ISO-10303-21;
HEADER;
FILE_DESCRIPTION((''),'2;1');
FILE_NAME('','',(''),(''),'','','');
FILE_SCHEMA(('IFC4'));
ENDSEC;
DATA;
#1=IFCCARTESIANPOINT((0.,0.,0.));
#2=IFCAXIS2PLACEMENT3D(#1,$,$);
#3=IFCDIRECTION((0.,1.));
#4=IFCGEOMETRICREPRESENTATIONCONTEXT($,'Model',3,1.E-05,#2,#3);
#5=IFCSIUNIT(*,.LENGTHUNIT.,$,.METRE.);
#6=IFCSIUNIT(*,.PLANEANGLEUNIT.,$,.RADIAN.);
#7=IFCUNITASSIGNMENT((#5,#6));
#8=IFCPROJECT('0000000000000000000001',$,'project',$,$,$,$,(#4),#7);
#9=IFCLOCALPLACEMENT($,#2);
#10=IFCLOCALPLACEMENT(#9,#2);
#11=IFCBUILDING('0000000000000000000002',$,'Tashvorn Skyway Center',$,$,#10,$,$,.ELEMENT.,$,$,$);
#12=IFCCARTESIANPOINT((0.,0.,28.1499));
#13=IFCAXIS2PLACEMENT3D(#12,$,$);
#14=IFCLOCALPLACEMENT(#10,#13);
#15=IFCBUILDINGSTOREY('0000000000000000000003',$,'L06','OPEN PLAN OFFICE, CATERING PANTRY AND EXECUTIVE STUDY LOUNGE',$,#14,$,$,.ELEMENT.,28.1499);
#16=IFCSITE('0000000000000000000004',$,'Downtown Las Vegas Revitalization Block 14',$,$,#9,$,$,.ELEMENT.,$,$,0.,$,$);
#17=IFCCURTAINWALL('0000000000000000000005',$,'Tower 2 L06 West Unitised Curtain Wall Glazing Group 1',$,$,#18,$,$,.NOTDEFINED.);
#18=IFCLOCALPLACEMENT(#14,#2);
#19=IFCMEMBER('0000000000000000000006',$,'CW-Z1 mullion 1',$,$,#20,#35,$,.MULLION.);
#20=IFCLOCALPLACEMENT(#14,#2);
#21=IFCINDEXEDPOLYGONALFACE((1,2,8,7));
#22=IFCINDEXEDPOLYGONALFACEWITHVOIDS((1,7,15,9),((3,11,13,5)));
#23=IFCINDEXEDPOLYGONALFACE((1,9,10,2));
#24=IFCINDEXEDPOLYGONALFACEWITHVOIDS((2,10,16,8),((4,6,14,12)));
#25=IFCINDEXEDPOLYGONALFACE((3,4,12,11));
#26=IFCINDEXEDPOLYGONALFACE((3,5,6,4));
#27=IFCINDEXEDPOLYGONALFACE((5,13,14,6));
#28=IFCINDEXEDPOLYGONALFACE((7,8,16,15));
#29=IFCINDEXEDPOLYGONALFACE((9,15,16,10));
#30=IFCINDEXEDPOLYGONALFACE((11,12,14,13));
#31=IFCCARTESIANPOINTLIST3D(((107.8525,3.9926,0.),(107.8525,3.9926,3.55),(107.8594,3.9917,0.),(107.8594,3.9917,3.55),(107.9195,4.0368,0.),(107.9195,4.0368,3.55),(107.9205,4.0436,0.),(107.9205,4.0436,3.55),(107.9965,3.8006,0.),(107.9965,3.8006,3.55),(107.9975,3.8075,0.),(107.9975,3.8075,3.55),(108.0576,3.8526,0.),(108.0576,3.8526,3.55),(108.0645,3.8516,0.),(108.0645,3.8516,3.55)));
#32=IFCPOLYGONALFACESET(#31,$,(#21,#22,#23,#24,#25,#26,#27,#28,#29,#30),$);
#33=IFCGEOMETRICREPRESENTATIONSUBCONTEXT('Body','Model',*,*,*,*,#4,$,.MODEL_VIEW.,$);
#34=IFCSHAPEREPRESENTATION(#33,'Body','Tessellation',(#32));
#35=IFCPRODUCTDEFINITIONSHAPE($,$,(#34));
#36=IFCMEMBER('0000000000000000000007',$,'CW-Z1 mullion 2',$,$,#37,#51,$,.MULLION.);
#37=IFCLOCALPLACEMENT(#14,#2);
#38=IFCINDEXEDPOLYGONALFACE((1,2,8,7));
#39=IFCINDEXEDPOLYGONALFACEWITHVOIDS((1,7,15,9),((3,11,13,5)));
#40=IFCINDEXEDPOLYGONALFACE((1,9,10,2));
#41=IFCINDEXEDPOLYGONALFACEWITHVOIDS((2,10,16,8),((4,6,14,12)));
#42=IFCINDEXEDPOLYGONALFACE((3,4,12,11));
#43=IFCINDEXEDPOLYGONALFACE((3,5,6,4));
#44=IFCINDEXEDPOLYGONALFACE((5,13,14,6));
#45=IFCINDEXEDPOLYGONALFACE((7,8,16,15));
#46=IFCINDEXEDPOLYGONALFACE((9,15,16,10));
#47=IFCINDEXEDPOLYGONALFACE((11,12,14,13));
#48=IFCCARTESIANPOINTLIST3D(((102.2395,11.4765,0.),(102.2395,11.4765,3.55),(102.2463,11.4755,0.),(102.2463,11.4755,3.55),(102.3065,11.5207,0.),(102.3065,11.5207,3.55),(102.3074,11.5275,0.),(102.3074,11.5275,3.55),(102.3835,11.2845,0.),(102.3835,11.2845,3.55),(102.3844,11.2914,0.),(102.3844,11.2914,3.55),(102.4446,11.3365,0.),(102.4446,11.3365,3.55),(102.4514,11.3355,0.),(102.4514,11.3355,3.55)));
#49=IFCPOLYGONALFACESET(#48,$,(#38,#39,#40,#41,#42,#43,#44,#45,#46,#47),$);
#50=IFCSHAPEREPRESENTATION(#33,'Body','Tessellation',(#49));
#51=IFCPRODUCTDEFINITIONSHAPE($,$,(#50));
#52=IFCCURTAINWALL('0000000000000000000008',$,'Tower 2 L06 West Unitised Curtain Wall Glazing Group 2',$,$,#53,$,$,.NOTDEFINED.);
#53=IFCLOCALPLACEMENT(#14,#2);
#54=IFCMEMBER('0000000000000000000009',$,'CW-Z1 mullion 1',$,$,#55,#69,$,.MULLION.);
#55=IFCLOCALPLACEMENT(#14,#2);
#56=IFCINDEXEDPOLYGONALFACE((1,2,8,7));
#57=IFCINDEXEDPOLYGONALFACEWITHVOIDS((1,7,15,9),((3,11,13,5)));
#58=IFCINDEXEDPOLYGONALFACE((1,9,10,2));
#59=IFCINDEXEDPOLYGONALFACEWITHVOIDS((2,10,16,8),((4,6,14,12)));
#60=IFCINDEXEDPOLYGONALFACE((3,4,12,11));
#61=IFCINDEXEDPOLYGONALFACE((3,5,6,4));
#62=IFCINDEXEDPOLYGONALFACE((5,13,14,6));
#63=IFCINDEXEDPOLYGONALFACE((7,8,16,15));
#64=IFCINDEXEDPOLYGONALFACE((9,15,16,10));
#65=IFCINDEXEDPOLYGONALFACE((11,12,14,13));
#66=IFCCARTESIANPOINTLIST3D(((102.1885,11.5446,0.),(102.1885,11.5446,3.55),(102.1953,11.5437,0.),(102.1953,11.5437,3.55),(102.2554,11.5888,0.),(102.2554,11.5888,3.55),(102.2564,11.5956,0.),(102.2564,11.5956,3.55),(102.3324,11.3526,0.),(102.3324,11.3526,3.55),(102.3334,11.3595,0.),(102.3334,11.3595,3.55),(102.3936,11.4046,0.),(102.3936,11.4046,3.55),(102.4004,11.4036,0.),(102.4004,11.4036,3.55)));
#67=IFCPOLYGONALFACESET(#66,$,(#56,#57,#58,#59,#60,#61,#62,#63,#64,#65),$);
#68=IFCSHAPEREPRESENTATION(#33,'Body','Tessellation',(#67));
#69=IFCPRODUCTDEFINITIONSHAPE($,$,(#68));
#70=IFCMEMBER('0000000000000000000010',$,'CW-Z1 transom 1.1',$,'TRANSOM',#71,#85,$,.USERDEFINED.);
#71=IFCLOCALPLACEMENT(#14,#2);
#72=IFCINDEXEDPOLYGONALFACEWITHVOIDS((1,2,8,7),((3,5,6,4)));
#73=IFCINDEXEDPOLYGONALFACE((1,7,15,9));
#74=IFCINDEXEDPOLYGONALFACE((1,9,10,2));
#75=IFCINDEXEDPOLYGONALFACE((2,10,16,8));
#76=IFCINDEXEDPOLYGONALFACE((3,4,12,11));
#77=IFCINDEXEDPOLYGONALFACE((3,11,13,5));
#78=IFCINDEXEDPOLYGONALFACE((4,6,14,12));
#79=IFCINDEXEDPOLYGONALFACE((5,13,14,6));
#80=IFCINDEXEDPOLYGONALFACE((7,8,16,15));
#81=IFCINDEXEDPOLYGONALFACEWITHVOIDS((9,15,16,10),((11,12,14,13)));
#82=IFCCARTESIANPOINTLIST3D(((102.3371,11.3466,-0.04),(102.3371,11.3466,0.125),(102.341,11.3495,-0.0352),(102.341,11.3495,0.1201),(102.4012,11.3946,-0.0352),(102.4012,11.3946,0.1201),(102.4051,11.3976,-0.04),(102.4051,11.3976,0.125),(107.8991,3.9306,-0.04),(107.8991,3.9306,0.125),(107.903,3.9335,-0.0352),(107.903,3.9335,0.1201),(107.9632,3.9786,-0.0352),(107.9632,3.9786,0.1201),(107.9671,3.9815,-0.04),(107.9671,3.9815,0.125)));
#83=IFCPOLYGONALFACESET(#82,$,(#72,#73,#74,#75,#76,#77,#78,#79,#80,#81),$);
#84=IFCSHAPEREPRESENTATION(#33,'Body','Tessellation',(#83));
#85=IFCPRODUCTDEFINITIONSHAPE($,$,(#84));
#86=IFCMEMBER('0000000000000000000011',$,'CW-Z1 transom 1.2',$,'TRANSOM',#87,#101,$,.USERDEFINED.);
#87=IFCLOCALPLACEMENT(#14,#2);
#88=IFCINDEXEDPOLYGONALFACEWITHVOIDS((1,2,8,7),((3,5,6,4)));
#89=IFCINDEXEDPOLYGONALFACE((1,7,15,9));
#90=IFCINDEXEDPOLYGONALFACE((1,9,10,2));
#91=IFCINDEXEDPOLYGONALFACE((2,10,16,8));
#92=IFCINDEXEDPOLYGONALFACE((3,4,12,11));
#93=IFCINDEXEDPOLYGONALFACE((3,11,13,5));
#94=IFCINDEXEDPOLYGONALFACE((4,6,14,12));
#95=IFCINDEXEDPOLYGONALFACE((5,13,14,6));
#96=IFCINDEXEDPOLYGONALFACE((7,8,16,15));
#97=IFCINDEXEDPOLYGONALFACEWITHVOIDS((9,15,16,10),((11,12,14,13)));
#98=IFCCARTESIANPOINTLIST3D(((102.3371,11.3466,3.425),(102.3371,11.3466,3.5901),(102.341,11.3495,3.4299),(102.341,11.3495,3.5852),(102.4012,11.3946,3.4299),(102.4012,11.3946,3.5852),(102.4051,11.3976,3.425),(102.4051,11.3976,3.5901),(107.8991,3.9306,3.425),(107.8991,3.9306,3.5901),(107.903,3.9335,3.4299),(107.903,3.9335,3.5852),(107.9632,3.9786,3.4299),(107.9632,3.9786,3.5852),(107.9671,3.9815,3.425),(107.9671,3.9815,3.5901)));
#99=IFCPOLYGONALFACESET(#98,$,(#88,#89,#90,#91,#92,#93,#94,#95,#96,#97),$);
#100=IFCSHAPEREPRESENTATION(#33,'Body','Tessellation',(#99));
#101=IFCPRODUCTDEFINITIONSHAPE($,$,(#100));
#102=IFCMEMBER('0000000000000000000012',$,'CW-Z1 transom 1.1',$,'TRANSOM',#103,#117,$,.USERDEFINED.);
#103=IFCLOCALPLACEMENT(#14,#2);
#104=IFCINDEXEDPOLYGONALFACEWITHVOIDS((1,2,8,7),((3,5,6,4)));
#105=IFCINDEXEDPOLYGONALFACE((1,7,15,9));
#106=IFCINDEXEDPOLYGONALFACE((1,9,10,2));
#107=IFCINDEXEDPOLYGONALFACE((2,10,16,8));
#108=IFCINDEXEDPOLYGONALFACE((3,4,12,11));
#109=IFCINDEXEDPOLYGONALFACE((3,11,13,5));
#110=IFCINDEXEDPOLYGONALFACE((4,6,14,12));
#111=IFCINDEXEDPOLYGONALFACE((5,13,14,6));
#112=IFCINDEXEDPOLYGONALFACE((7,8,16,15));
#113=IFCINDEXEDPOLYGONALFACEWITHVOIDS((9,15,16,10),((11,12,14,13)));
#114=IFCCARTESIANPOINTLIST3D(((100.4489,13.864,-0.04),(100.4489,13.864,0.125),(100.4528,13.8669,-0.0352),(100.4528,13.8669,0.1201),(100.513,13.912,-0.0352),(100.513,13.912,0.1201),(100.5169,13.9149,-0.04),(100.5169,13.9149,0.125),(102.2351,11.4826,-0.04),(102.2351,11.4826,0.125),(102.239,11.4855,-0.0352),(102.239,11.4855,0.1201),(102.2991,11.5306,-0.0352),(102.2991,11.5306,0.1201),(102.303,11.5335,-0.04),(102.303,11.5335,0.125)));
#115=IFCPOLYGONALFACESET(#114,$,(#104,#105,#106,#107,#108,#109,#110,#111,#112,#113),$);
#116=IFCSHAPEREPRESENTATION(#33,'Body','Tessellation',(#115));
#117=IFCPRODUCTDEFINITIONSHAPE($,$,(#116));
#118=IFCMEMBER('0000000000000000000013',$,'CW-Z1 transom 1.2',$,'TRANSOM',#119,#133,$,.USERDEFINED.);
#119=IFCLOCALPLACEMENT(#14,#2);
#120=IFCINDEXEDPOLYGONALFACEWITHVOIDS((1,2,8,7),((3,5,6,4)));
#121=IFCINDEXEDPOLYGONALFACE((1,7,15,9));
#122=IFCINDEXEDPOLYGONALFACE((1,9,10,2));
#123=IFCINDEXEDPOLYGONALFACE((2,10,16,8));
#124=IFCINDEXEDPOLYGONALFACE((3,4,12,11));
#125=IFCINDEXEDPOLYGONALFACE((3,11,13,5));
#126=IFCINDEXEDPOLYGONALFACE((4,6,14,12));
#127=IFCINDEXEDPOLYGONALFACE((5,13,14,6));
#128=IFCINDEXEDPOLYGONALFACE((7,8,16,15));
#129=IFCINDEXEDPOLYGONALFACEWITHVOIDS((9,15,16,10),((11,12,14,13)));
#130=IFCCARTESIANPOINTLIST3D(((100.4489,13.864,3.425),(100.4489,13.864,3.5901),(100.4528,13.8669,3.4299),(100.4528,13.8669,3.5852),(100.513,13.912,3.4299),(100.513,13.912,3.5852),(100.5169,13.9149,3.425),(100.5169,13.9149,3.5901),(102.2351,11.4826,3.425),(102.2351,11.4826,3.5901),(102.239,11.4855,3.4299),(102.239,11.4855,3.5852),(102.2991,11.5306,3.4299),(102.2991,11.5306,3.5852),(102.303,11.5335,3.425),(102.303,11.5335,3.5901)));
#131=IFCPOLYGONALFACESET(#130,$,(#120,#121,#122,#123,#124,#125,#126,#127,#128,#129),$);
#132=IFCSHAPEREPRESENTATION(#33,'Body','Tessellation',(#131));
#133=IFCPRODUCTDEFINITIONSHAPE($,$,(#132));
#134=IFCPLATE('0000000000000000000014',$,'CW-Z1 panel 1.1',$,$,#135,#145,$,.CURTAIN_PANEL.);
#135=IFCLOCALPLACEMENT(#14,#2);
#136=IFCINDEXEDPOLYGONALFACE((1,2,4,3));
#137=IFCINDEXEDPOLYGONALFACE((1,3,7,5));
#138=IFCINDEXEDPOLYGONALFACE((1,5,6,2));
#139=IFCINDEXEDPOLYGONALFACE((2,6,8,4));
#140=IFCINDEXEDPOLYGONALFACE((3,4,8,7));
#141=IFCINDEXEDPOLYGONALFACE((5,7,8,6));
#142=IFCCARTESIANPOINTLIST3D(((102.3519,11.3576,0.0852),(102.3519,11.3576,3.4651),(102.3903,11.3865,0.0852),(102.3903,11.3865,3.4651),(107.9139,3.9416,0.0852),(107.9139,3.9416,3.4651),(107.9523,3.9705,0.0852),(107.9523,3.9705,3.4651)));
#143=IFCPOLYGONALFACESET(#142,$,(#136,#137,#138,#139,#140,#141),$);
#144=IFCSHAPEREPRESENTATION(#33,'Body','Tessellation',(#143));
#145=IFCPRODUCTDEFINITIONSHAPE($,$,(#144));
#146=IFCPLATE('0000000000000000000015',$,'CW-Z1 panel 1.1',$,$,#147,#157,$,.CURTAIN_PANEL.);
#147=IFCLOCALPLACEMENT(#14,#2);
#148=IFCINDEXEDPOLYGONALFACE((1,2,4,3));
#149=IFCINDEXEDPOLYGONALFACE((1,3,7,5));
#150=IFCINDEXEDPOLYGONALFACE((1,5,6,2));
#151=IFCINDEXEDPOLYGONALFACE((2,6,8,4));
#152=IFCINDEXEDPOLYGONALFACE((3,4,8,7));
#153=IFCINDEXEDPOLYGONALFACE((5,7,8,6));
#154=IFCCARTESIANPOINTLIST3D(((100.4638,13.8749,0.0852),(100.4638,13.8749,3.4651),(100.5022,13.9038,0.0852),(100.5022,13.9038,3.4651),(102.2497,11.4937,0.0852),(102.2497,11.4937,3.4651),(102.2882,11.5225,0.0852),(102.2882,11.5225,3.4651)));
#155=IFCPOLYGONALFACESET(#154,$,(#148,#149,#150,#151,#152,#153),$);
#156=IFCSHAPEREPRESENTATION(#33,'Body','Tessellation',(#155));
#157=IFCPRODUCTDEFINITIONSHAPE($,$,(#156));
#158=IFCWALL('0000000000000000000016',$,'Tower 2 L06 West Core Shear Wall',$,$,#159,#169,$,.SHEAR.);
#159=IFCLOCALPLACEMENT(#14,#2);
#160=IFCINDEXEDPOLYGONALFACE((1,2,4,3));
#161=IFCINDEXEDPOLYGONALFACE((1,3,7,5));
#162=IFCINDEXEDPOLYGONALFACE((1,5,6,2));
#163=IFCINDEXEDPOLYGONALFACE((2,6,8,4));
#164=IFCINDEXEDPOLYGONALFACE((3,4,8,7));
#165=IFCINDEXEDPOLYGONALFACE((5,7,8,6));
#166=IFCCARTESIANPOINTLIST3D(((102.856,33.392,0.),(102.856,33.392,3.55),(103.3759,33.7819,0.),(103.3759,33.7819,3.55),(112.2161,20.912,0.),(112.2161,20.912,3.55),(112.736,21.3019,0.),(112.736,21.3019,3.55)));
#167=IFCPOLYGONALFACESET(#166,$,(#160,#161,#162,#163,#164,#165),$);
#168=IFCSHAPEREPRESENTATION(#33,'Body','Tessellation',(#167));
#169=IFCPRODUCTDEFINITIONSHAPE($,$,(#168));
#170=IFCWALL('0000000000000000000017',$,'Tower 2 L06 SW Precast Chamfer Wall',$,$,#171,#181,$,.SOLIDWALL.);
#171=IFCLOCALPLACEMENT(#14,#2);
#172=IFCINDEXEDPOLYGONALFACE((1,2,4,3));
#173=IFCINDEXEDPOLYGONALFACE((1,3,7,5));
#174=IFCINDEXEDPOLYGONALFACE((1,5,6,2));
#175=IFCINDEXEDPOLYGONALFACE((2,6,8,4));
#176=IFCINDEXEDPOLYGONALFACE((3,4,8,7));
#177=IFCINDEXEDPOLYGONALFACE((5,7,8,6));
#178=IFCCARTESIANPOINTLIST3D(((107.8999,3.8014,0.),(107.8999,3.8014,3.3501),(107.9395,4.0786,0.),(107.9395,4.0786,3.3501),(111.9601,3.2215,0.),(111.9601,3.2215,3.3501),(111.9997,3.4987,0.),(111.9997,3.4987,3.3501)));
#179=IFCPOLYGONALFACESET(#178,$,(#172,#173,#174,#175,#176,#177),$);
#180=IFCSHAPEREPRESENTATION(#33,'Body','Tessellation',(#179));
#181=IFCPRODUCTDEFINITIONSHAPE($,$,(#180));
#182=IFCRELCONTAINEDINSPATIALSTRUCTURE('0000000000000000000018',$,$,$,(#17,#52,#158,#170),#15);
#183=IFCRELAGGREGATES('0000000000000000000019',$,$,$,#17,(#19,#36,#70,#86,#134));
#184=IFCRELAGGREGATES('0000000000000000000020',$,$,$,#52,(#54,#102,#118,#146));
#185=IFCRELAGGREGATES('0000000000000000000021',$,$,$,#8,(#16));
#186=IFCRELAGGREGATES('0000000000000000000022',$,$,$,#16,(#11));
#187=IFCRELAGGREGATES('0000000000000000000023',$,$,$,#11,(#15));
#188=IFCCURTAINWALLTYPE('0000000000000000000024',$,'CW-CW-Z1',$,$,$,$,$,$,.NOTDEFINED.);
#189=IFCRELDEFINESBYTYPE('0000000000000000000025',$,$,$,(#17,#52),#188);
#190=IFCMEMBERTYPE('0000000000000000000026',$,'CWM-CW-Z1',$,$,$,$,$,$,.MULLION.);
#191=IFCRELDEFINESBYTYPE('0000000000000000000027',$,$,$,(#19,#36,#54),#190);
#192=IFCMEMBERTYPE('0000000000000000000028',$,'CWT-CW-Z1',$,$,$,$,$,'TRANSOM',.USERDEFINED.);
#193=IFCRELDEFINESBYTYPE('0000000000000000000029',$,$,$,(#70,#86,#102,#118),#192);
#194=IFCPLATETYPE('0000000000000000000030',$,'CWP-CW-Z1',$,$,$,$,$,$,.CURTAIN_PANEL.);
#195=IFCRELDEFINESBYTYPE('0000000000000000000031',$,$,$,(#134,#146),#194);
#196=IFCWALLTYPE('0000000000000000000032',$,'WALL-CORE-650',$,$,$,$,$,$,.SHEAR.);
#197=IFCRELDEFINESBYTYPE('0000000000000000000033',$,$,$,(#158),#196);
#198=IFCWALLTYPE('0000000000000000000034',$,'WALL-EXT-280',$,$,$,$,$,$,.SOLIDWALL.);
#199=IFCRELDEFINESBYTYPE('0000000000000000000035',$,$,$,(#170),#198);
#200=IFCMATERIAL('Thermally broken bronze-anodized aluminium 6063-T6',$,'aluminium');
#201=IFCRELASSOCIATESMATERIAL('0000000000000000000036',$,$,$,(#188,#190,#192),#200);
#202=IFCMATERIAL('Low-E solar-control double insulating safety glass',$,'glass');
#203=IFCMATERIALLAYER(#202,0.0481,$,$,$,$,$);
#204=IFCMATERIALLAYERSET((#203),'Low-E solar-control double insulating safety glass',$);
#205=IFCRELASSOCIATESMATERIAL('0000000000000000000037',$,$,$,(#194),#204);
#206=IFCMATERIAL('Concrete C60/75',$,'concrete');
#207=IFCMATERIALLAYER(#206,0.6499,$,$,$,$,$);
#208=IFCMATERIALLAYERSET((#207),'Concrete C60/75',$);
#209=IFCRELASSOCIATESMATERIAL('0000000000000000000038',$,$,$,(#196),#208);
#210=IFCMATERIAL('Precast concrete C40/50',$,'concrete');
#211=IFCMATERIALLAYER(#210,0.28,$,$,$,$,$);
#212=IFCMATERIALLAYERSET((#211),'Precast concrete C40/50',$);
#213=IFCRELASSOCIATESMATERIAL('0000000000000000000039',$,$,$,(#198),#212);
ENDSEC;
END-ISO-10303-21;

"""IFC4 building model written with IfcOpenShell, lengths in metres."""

from ifc_helpers import new_model, si_unit, direction, frame, frame_2d, origin, origin_2d, place, context, subcontext, project, spatial, rectangle, hollow_rectangle, extrude, material, layer, layer_set, material_profile, profile_set, type_object, element, aggregate, save


model = new_model("IFC4")

# Units and contexts
model_context = context("Model", 3, precision=1e-05, world=origin(), true_north=direction((0.0, 1.0)))
body_context = subcontext(model_context, "Body", "Model", "MODEL_VIEW")
ifc_project = project(units=[si_unit("LENGTHUNIT", "METRE"), si_unit("PLANEANGLEUNIT", "RADIAN")], contexts=[model_context])

# Site, building, storey
site_placement = place(None, origin())
site = spatial("IfcSite", under=ifc_project, at=site_placement, Name="Downtown Las Vegas Revitalization Block 14", CompositionType="ELEMENT", RefElevation=0.0)
building_placement = place(site_placement, origin())
building = spatial("IfcBuilding", under=site, at=building_placement, Name="Tashvorn Skyway Center", CompositionType="ELEMENT")
storey_placement = place(building_placement, frame((0.0, 0.0, 28.1499)))
storey = spatial("IfcBuildingStorey", under=building, at=storey_placement, Name="L06", Description="OPEN PLAN OFFICE, CATERING PANTRY AND EXECUTIVE STUDY LOUNGE", CompositionType="ELEMENT", Elevation=28.1499)

# Shared definitions
ifc_material_1 = material(Name="Concrete C60/75", Category="concrete")

# Shared definitions
ifc_material_2 = material(Name="Thermally broken bronze-anodized aluminium 6063-T6", Category="aluminium")
curtain_wall_type = type_object("IfcCurtainWallType", Name="CW-CW-Z1", PredefinedType="NOTDEFINED", material=ifc_material_2)
ifc_material_profile_1 = material_profile(ifc_material_2, hollow_rectangle(XDim=0.085, YDim=0.24, WallThickness=0.0049, at=origin_2d()), Name="ALU-MULL-85x240")
ifc_profile_set_1 = profile_set([ifc_material_profile_1], Name="Thermally broken bronze-anodized aluminium 6063-T6")
member_type_1 = type_object("IfcMemberType", Name="CWM-CW-Z1", PredefinedType="MULLION", material=ifc_profile_set_1)

# Curtain wall, members
curtain_wall_1_placement = place(storey_placement, origin())
curtain_wall_1 = element("IfcCurtainWall", 1, at=curtain_wall_1_placement, inside=storey, type_object=curtain_wall_type, Name="Tower 2 L06 West Unitised Curtain Wall Glazing Group 1", PredefinedType="NOTDEFINED")
member_1_placement = place(storey_placement, frame((107.9585, 3.9221, 0.0), z_axis=(0.0, 0.0, 1.0), x_axis=(-0.8, -0.6, 0.0)))
member_1 = element("IfcMember", 2, at=member_1_placement, type_object=member_type_1, Name="CW-Z1 mullion 1", PredefinedType="MULLION", context=body_context, shape_type="SweptSolid", body=[
    extrude(hollow_rectangle(XDim=0.085, YDim=0.24, WallThickness=0.0049, at=origin_2d()), origin(), (0.0, 0.0, 1.0), 3.55),
])
member_2_placement = place(storey_placement, frame((102.3455, 11.406, 0.0), z_axis=(0.0, 0.0, 1.0), x_axis=(-0.8, -0.6, 0.0)))
member_2 = element("IfcMember", 3, at=member_2_placement, type_object=member_type_1, Name="CW-Z1 mullion 2", PredefinedType="MULLION", context=body_context, shape_type="SweptSolid", body=[
    extrude(hollow_rectangle(XDim=0.085, YDim=0.24, WallThickness=0.0049, at=origin_2d()), origin(), (0.0, 0.0, 1.0), 3.55),
])

# Curtain wall, member
curtain_wall_2_placement = place(storey_placement, origin())
curtain_wall_2 = element("IfcCurtainWall", 4, at=curtain_wall_2_placement, inside=storey, type_object=curtain_wall_type, Name="Tower 2 L06 West Unitised Curtain Wall Glazing Group 2", PredefinedType="NOTDEFINED")
member_3_placement = place(storey_placement, frame((102.2944, 11.4741, 0.0), z_axis=(0.0, 0.0, 1.0), x_axis=(-0.799996, -0.600005, 0.0)))
member_3 = element("IfcMember", 5, at=member_3_placement, type_object=member_type_1, Name="CW-Z1 mullion 1", PredefinedType="MULLION", context=body_context, shape_type="SweptSolid", body=[
    extrude(hollow_rectangle(XDim=0.085, YDim=0.24, WallThickness=0.0049, at=origin_2d()), origin(), (0.0, 0.0, 1.0), 3.55),
])

# Members
ifc_material_profile_2 = material_profile(ifc_material_2, hollow_rectangle(XDim=0.085, YDim=0.165, WallThickness=0.0049, at=origin_2d()), Name="ALU-TRAN-85x165")
ifc_profile_set_2 = profile_set([ifc_material_profile_2], Name="Thermally broken bronze-anodized aluminium 6063-T6")
member_type_2 = type_object("IfcMemberType", Name="CWT-CW-Z1", ElementType="TRANSOM", PredefinedType="USERDEFINED", material=ifc_profile_set_2)
member_4_placement = place(storey_placement, frame((107.9331, 3.9561, 0.0425), z_axis=(-0.6, 0.8, 0.0), x_axis=(-0.8, -0.6, 0.0)))
member_4 = element("IfcMember", 6, at=member_4_placement, type_object=member_type_2, Name="CW-Z1 transom 1.1", ObjectType="TRANSOM", PredefinedType="USERDEFINED", context=body_context, shape_type="SweptSolid", body=[
    extrude(hollow_rectangle(XDim=0.085, YDim=0.165, WallThickness=0.0049, at=origin_2d()), origin(), (0.0, 0.0, 1.0), 9.27),
])
member_5_placement = place(storey_placement, frame((107.9331, 3.9561, 3.5076), z_axis=(-0.6, 0.8, 0.0), x_axis=(-0.8, -0.6, 0.0)))
member_5 = element("IfcMember", 7, at=member_5_placement, type_object=member_type_2, Name="CW-Z1 transom 1.2", ObjectType="TRANSOM", PredefinedType="USERDEFINED", context=body_context, shape_type="SweptSolid", body=[
    extrude(hollow_rectangle(XDim=0.085, YDim=0.165, WallThickness=0.0049, at=origin_2d()), origin(), (0.0, 0.0, 1.0), 9.27),
])
member_6_placement = place(storey_placement, frame((102.269, 11.5081, 0.0425), z_axis=(-0.600026, 0.79998, 0.0), x_axis=(-0.79998, -0.600026, 0.0)))
member_6 = element("IfcMember", 8, at=member_6_placement, type_object=member_type_2, Name="CW-Z1 transom 1.1", ObjectType="TRANSOM", PredefinedType="USERDEFINED", context=body_context, shape_type="SweptSolid", body=[
    extrude(hollow_rectangle(XDim=0.085, YDim=0.165, WallThickness=0.0049, at=origin_2d()), origin(), (0.0, 0.0, 1.0), 2.9768),
])
member_7_placement = place(storey_placement, frame((102.269, 11.5081, 3.5076), z_axis=(-0.600026, 0.79998, 0.0), x_axis=(-0.79998, -0.600026, 0.0)))
member_7 = element("IfcMember", 9, at=member_7_placement, type_object=member_type_2, Name="CW-Z1 transom 1.2", ObjectType="TRANSOM", PredefinedType="USERDEFINED", context=body_context, shape_type="SweptSolid", body=[
    extrude(hollow_rectangle(XDim=0.085, YDim=0.165, WallThickness=0.0049, at=origin_2d()), origin(), (0.0, 0.0, 1.0), 2.9768),
])

# Plates
ifc_material_3 = material(Name="Low-E solar-control double insulating safety glass", Category="glass")
ifc_layer_1 = layer(ifc_material_3, 0.0481)
ifc_layer_set_1 = layer_set([ifc_layer_1], Name="Low-E solar-control double insulating safety glass")
plate_type = type_object("IfcPlateType", Name="CWP-CW-Z1", PredefinedType="CURTAIN_PANEL", material=ifc_layer_set_1)
plate_1_placement = place(storey_placement, frame((105.1521, 7.6641, 0.0852), z_axis=(0.0, 0.0, 1.0), x_axis=(-0.6, 0.8, 0.0)))
plate_1 = element("IfcPlate", 10, at=plate_1_placement, type_object=plate_type, Name="CW-Z1 panel 1.1", PredefinedType="CURTAIN_PANEL", context=body_context, shape_type="SweptSolid", body=[
    extrude(rectangle(XDim=9.27, YDim=0.0481, at=origin_2d()), origin(), (0.0, 0.0, 1.0), 3.3799),
])
aggregate(curtain_wall_1, [member_1, member_2, member_4, member_5, plate_1])
plate_2_placement = place(storey_placement, frame((101.376, 12.6987, 0.0852), z_axis=(0.0, 0.0, 1.0), x_axis=(-0.600005, 0.799996, 0.0)))
plate_2 = element("IfcPlate", 11, at=plate_2_placement, type_object=plate_type, Name="CW-Z1 panel 1.1", PredefinedType="CURTAIN_PANEL", context=body_context, shape_type="SweptSolid", body=[
    extrude(rectangle(XDim=2.9766, YDim=0.0481, at=origin_2d()), origin(), (0.0, 0.0, 1.0), 3.3799),
])
aggregate(curtain_wall_2, [member_3, member_6, member_7, plate_2])

# Walls
ifc_layer_2 = layer(ifc_material_1, 0.6499)
ifc_layer_set_2 = layer_set([ifc_layer_2], Name="Concrete C60/75")
wall_type_1 = type_object("IfcWallType", Name="WALL-CORE-650", PredefinedType="SHEAR", material=ifc_layer_set_2)
wall_1_placement = place(storey_placement, frame((112.4761, 21.1069, 0.0), z_axis=(0.0, 0.0, 1.0), x_axis=(-0.600005, 0.799996, 0.0)))
element("IfcWall", 12, at=wall_1_placement, inside=storey, type_object=wall_type_1, Name="Tower 2 L06 West Core Shear Wall", PredefinedType="SHEAR", context=body_context, shape_type="SweptSolid", body=[
    extrude(rectangle(XDim=15.6001, YDim=0.6499, at=frame_2d((7.8, 0.0))), origin(), (0.0, 0.0, 1.0), 3.55),
])
ifc_material_4 = material(Name="Precast concrete C40/50", Category="concrete")
ifc_layer_3 = layer(ifc_material_4, 0.28)
ifc_layer_set_3 = layer_set([ifc_layer_3], Name="Precast concrete C40/50")
wall_type_2 = type_object("IfcWallType", Name="WALL-EXT-280", PredefinedType="SOLIDWALL", material=ifc_layer_set_3)
wall_2_placement = place(storey_placement, frame((111.98, 3.3601, 0.0), z_axis=(0.0, 0.0, 1.0), x_axis=(-0.989955, 0.14138, 0.0)))
element("IfcWall", 13, at=wall_2_placement, inside=storey, type_object=wall_type_2, Name="Tower 2 L06 SW Precast Chamfer Wall", PredefinedType="SOLIDWALL", context=body_context, shape_type="SweptSolid", body=[
    extrude(rectangle(XDim=4.1013, YDim=0.28, at=frame_2d((2.0508, 0.0))), origin(), (0.0, 0.0, 1.0), 3.3501),
])

save(model, "model.ifc")
